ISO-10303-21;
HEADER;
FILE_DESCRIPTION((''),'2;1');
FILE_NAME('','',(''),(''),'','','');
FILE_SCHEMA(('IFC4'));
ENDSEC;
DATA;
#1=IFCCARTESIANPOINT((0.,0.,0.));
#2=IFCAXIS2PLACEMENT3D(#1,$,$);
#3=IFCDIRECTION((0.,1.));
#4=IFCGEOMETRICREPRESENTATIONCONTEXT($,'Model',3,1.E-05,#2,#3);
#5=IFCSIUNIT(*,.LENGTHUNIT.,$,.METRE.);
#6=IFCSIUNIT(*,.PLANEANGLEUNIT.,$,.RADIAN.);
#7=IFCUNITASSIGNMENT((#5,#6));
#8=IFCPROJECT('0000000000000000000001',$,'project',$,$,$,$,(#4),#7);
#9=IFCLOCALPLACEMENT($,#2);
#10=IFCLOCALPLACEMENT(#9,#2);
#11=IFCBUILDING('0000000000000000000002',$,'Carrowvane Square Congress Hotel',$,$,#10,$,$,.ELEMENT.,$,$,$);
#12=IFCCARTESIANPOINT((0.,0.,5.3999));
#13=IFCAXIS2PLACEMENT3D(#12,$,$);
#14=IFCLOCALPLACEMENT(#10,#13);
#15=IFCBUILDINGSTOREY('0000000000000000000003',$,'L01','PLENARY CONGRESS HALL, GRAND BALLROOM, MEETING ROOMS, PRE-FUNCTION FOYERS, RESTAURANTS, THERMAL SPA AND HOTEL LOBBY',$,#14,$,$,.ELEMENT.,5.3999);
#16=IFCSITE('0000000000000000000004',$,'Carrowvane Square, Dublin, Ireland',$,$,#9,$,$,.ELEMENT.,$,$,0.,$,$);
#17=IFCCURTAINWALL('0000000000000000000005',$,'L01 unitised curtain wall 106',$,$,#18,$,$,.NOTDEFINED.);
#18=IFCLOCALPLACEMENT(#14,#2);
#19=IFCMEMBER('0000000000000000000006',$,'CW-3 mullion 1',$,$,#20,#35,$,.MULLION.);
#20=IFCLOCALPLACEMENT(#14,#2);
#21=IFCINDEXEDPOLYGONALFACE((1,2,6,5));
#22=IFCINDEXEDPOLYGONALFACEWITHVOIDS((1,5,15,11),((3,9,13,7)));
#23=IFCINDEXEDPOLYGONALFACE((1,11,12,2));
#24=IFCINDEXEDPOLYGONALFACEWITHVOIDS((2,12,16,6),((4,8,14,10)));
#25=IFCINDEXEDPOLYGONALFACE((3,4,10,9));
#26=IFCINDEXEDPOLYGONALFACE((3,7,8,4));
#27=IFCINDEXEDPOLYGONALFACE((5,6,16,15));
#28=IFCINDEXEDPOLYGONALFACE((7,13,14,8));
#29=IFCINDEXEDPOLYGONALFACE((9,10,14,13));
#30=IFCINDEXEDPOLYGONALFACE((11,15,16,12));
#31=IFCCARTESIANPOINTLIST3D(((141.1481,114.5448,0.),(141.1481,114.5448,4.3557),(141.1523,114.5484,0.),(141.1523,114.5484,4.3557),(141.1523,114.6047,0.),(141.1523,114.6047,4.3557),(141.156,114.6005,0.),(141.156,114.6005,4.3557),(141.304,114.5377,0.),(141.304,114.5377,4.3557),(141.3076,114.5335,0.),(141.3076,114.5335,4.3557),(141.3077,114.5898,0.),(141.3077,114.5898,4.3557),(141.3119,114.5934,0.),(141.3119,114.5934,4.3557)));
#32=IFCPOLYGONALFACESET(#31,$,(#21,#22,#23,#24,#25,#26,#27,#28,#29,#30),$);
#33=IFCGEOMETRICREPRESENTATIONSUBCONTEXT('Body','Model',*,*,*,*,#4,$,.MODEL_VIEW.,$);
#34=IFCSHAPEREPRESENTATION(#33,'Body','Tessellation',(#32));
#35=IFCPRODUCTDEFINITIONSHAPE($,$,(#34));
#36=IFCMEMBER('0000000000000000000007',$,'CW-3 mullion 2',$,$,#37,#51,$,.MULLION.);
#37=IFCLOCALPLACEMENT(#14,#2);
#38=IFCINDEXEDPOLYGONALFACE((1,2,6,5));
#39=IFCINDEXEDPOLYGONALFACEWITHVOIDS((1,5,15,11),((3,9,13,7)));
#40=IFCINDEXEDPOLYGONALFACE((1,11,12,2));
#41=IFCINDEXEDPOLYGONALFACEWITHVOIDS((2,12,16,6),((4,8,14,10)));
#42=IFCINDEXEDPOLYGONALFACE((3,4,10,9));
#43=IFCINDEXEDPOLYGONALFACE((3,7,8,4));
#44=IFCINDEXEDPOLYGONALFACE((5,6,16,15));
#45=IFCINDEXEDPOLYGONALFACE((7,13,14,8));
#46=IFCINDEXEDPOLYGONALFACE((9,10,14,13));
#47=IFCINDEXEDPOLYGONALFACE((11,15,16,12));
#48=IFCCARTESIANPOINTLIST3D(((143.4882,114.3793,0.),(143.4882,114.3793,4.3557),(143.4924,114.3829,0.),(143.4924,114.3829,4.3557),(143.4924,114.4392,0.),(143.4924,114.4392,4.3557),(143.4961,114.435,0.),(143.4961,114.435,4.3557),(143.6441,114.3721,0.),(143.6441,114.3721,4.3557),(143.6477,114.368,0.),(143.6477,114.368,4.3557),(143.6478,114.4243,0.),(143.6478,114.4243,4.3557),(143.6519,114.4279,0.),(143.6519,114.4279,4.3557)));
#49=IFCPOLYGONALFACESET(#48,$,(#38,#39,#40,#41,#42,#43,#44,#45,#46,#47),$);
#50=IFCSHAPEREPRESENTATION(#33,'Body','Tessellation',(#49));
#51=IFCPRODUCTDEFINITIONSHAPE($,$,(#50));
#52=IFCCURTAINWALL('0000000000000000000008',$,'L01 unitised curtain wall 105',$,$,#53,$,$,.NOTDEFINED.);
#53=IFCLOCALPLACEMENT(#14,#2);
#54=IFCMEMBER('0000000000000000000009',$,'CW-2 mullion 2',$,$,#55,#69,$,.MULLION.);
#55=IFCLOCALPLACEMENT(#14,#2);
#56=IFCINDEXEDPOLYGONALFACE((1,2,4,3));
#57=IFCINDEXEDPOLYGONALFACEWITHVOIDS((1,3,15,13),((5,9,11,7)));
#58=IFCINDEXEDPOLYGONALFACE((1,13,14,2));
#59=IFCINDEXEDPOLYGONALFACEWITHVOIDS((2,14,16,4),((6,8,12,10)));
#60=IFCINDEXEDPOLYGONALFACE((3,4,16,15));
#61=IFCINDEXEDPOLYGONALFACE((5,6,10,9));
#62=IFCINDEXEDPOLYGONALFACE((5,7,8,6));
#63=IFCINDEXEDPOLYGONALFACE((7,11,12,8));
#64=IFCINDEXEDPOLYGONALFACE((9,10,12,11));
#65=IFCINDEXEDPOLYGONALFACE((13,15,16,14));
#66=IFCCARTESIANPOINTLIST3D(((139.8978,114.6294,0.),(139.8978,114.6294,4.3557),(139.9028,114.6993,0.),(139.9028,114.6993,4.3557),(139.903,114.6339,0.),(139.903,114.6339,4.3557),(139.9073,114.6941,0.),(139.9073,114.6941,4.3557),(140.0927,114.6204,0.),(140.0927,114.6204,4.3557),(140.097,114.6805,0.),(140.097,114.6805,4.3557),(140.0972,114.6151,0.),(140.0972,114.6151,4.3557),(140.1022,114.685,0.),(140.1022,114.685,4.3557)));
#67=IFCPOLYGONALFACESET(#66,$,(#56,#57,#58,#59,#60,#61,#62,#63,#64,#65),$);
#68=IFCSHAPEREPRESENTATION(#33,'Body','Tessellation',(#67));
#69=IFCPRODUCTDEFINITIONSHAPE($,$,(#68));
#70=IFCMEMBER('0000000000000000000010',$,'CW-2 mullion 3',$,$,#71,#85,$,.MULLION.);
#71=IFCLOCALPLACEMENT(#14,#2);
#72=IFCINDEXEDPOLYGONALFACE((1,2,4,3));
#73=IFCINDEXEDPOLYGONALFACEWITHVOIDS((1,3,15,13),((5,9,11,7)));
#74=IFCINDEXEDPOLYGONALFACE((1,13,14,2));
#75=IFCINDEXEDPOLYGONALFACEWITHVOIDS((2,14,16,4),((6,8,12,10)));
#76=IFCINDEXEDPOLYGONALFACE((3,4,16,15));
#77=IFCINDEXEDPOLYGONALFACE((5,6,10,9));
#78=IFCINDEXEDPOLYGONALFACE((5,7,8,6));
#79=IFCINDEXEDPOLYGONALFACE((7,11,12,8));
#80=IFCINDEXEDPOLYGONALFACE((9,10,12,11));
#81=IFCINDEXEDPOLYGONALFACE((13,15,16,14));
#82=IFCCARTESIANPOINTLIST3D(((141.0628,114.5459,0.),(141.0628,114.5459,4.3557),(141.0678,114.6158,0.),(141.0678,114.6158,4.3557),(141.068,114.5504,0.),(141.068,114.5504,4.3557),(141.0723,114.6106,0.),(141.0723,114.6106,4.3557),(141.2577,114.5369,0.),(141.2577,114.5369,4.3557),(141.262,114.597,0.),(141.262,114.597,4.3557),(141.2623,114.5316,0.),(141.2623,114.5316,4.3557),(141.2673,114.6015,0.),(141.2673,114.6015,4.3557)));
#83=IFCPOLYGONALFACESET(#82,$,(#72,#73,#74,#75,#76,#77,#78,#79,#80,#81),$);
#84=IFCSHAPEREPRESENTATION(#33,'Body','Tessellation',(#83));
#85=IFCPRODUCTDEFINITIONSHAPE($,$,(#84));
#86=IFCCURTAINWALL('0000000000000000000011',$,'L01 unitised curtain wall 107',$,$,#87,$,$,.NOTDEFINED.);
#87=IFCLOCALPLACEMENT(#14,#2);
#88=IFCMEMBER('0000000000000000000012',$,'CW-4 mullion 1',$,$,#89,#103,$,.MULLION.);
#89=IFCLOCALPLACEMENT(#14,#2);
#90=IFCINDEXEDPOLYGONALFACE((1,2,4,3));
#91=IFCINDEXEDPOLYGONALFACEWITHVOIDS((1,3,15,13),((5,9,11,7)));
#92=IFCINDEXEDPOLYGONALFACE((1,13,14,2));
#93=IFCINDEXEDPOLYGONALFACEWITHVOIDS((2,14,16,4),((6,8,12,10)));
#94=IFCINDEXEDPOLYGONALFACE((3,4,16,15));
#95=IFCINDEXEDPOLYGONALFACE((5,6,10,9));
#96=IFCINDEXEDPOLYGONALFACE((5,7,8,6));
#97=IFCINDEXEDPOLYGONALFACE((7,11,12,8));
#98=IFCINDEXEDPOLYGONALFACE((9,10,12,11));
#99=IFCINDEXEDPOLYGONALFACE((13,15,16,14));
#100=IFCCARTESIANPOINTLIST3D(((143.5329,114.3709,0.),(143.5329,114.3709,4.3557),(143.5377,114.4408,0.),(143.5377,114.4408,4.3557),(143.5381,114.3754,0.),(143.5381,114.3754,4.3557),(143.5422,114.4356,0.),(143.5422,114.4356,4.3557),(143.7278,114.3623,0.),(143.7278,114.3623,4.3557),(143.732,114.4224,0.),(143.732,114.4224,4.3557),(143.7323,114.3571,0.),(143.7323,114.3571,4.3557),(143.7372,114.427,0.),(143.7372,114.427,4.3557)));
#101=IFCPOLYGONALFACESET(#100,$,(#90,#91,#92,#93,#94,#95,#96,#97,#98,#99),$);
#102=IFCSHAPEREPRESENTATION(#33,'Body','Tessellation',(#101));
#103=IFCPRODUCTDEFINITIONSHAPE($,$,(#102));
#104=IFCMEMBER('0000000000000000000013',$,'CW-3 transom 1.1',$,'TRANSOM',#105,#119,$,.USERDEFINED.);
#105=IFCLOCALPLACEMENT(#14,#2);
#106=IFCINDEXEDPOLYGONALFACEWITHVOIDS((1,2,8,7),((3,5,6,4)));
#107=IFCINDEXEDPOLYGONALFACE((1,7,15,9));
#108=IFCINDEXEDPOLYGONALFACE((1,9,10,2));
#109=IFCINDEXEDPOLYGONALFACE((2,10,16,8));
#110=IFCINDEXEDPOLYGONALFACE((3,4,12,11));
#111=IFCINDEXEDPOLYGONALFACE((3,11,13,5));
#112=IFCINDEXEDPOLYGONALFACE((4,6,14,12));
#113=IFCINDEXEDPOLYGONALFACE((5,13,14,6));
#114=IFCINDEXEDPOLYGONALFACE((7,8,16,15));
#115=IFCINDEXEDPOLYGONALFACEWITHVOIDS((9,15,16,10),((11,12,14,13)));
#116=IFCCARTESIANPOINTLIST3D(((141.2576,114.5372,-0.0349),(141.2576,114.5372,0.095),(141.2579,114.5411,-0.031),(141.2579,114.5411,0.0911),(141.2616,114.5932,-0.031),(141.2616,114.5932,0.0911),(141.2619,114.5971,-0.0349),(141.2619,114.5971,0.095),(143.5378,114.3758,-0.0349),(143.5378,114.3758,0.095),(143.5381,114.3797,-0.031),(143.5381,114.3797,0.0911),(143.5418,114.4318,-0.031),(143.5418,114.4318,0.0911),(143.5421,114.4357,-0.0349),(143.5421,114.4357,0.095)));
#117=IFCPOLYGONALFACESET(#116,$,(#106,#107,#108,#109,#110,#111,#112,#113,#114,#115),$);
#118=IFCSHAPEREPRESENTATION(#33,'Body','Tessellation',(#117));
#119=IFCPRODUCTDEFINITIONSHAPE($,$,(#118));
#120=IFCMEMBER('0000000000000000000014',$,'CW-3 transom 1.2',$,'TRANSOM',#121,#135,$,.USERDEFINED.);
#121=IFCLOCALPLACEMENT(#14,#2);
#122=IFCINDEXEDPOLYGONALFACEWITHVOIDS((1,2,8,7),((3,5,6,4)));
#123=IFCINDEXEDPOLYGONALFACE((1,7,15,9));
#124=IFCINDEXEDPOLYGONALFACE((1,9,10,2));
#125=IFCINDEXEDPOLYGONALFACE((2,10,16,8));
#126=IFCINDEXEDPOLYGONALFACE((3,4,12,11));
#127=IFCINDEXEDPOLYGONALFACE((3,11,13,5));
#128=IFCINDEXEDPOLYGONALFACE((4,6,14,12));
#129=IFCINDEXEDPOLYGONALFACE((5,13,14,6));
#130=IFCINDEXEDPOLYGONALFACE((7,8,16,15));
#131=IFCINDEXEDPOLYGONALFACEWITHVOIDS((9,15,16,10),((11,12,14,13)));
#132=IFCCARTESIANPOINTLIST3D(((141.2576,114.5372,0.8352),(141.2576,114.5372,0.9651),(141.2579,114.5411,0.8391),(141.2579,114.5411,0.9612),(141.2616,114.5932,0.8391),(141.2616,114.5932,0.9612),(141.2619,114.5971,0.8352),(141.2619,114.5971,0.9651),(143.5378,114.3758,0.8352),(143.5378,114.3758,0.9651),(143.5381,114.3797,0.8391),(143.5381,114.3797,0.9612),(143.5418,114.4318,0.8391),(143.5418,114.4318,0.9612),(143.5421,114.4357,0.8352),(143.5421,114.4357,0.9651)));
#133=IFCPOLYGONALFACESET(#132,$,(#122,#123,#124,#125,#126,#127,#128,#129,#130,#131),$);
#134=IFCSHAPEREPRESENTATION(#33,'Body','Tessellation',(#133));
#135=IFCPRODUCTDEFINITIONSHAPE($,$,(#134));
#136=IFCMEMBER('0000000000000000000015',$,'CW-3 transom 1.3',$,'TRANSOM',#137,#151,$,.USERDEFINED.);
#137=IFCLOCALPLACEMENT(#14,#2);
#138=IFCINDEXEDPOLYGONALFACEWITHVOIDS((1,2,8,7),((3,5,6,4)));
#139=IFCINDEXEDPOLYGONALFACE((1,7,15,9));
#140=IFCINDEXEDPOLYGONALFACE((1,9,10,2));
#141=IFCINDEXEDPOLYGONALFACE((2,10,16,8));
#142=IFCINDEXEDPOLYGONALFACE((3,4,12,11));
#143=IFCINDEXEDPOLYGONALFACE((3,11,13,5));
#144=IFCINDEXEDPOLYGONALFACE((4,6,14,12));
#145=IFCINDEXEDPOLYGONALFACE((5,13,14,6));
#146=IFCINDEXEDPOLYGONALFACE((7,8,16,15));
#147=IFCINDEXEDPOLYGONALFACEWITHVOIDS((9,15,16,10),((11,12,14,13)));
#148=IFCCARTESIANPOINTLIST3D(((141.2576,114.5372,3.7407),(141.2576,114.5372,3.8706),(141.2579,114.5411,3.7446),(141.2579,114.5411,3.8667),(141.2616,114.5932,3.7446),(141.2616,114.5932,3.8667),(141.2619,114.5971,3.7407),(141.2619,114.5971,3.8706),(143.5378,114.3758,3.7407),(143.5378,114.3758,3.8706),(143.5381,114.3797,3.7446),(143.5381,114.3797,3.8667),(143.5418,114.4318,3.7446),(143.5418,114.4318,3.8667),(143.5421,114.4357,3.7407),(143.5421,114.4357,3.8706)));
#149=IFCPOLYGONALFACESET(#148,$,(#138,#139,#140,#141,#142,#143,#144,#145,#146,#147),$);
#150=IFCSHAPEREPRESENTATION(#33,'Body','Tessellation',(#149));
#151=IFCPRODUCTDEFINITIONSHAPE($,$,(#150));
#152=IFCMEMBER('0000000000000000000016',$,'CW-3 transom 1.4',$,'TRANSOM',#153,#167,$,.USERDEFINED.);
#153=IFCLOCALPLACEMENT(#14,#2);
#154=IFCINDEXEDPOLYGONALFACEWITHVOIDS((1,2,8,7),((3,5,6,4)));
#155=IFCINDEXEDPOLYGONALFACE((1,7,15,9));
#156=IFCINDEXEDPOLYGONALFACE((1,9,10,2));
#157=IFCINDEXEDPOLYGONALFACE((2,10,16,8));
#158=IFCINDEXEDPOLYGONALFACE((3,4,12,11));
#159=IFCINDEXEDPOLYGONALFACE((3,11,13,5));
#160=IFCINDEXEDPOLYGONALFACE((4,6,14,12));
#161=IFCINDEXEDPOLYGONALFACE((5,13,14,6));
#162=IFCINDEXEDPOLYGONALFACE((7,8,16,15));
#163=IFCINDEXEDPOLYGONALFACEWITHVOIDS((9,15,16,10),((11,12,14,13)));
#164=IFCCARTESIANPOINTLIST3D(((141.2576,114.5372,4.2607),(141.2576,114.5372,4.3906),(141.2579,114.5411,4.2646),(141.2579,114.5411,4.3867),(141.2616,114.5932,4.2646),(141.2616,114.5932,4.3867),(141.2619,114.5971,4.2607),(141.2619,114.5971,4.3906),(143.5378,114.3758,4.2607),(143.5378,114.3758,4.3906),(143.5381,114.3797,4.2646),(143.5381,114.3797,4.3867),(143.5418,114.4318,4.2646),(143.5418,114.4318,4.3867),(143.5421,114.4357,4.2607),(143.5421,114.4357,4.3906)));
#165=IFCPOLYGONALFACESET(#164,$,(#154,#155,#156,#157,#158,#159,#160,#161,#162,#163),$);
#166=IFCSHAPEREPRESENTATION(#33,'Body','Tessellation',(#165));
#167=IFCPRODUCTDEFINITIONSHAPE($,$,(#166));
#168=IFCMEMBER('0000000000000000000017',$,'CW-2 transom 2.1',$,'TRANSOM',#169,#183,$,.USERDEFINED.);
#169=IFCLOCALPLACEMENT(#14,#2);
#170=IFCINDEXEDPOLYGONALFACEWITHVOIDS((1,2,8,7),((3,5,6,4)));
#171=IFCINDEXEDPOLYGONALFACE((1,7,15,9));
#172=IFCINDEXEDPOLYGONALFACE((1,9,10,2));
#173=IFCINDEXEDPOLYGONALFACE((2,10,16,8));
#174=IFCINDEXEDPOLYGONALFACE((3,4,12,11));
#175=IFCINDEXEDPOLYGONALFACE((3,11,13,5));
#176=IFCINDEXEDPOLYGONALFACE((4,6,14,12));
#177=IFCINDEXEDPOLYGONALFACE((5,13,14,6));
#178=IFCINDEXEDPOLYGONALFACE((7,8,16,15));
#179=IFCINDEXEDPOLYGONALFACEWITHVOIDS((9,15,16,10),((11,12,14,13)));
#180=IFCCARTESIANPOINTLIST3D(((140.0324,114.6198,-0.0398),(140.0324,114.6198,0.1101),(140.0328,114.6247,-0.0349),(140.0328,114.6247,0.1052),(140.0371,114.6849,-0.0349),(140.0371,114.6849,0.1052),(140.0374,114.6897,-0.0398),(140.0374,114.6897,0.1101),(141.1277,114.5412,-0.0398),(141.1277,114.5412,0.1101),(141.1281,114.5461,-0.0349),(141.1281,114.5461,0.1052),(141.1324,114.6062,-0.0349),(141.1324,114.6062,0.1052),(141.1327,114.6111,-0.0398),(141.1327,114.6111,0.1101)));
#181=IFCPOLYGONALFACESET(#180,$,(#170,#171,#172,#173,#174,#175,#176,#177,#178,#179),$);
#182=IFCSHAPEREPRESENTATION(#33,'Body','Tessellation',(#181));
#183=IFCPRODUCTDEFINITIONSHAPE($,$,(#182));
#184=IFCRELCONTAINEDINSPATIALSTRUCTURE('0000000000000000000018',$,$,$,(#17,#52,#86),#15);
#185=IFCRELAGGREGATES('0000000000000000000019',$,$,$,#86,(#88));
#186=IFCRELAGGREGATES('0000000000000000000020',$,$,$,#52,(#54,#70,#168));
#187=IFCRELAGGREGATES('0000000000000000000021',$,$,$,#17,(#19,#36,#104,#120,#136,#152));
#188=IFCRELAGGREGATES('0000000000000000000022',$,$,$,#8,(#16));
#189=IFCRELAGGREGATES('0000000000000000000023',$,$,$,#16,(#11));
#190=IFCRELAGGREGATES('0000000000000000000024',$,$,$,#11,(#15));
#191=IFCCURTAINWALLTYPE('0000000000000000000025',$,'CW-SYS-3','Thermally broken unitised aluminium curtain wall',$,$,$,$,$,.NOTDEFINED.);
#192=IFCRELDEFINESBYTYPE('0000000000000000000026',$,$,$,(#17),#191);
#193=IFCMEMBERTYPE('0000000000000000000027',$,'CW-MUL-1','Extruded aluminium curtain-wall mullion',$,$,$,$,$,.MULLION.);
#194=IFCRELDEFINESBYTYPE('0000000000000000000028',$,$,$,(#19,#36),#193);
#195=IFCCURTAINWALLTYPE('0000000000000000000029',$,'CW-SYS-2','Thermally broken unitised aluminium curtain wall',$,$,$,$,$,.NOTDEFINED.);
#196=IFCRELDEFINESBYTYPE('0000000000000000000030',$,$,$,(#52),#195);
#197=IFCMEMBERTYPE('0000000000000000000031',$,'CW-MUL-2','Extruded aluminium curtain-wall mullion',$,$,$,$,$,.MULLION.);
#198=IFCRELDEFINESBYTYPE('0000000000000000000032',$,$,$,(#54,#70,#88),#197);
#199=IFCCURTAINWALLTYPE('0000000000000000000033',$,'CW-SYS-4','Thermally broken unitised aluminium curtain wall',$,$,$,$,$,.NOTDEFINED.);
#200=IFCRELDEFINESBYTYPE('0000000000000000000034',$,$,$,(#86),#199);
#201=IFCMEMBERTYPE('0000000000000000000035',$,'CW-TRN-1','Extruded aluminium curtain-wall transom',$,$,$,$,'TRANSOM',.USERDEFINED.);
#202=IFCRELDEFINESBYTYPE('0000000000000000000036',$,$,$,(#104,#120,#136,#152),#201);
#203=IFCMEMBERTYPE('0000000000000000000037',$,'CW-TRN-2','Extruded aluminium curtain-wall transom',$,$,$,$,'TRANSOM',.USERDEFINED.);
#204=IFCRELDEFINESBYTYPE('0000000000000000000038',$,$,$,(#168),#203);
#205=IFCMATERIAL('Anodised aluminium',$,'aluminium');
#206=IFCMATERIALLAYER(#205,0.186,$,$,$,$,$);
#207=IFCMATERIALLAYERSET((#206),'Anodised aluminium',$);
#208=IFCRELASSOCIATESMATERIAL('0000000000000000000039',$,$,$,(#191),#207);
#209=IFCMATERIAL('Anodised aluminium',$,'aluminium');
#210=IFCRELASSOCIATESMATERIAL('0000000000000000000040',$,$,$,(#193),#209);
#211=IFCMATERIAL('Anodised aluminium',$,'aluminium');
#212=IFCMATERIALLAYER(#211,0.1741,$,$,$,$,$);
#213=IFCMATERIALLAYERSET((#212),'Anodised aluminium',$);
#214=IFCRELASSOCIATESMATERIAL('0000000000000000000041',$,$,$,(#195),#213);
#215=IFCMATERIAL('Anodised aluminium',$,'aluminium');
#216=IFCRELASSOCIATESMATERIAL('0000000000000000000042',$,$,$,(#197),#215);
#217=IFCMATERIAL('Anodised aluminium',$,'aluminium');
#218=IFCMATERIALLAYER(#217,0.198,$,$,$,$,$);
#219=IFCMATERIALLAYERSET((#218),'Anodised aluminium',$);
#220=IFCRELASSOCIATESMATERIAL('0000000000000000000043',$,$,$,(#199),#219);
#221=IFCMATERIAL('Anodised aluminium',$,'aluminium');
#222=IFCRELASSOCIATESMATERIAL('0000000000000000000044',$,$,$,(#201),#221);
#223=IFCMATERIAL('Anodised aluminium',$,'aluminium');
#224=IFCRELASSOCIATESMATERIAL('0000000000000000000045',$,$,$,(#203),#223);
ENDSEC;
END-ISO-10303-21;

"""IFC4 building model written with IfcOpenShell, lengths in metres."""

from ifc_helpers import new_model, si_unit, direction, frame, origin, origin_2d, place, context, subcontext, project, spatial, hollow_rectangle, extrude, material, layer, layer_set, material_profile, profile_set, type_object, element, aggregate, save


model = new_model("IFC4")

# Units and contexts
model_context = context("Model", 3, precision=1e-05, world=origin(), true_north=direction((0.0, 1.0)))
body_context = subcontext(model_context, "Body", "Model", "MODEL_VIEW")
ifc_project = project(units=[si_unit("LENGTHUNIT", "METRE"), si_unit("PLANEANGLEUNIT", "RADIAN")], contexts=[model_context])

# Site, building, storey
site_placement = place(None, origin())
site = spatial("IfcSite", under=ifc_project, at=site_placement, Name="Carrowvane Square, Dublin, Ireland", CompositionType="ELEMENT", RefElevation=0.0)
building_placement = place(site_placement, origin())
building = spatial("IfcBuilding", under=site, at=building_placement, Name="Carrowvane Square Congress Hotel", CompositionType="ELEMENT")
storey_placement = place(building_placement, frame((0.0, 0.0, 5.3999)))
storey = spatial("IfcBuildingStorey", under=building, at=storey_placement, Name="L01", Description="PLENARY CONGRESS HALL, GRAND BALLROOM, MEETING ROOMS, PRE-FUNCTION FOYERS, RESTAURANTS, THERMAL SPA AND HOTEL LOBBY", CompositionType="ELEMENT", Elevation=5.3999)

# Curtain walls, members
ifc_material_1 = material(Name="Anodised aluminium", Category="aluminium")
ifc_layer_1 = layer(ifc_material_1, 0.186)
ifc_layer_set_1 = layer_set([ifc_layer_1], Name="Anodised aluminium")
curtain_wall_type_1 = type_object("IfcCurtainWallType", Name="CW-SYS-3", Description="Thermally broken unitised aluminium curtain wall", PredefinedType="NOTDEFINED", material=ifc_layer_set_1)
curtain_wall_1_placement = place(storey_placement, origin())
curtain_wall_1 = element("IfcCurtainWall", 1, at=curtain_wall_1_placement, inside=storey, type_object=curtain_wall_type_1, Name="L01 unitised curtain wall 106", PredefinedType="NOTDEFINED")
ifc_material_2 = material(Name="Anodised aluminium", Category="aluminium")
ifc_material_profile_1 = material_profile(ifc_material_2, hollow_rectangle(XDim=0.0601, YDim=0.1599, WallThickness=0.0039, at=origin_2d()), Name="CW-ML 60x160x4")
ifc_profile_set_1 = profile_set([ifc_material_profile_1], Name="Anodised aluminium")
member_type_1 = type_object("IfcMemberType", Name="CW-MUL-1", Description="Extruded aluminium curtain-wall mullion", PredefinedType="MULLION", material=ifc_profile_set_1)
member_1_placement = place(storey_placement, frame((141.23, 114.5691, 0.0), z_axis=(0.0, 0.0, 1.0), x_axis=(0.070586, 0.997506, 0.0)))
member_1 = element("IfcMember", 2, at=member_1_placement, type_object=member_type_1, Name="CW-3 mullion 1", PredefinedType="MULLION", context=body_context, shape_type="SweptSolid", body=[
    extrude(hollow_rectangle(XDim=0.0601, YDim=0.1599, WallThickness=0.0039, at=origin_2d()), origin(), (0.0, 0.0, 1.0), 4.3557),
])
member_2_placement = place(storey_placement, frame((143.5701, 114.4036, 0.0), z_axis=(0.0, 0.0, 1.0), x_axis=(0.070586, 0.997506, 0.0)))
member_2 = element("IfcMember", 3, at=member_2_placement, type_object=member_type_1, Name="CW-3 mullion 2", PredefinedType="MULLION", context=body_context, shape_type="SweptSolid", body=[
    extrude(hollow_rectangle(XDim=0.0601, YDim=0.1599, WallThickness=0.0039, at=origin_2d()), origin(), (0.0, 0.0, 1.0), 4.3557),
])
ifc_material_3 = material(Name="Anodised aluminium", Category="aluminium")
ifc_layer_2 = layer(ifc_material_3, 0.1741)
ifc_layer_set_2 = layer_set([ifc_layer_2], Name="Anodised aluminium")
curtain_wall_type_2 = type_object("IfcCurtainWallType", Name="CW-SYS-2", Description="Thermally broken unitised aluminium curtain wall", PredefinedType="NOTDEFINED", material=ifc_layer_set_2)
curtain_wall_2_placement = place(storey_placement, origin())
curtain_wall_2 = element("IfcCurtainWall", 4, at=curtain_wall_2_placement, inside=storey, type_object=curtain_wall_type_2, Name="L01 unitised curtain wall 105", PredefinedType="NOTDEFINED")
ifc_material_4 = material(Name="Anodised aluminium", Category="aluminium")
ifc_material_profile_2 = material_profile(ifc_material_4, hollow_rectangle(XDim=0.0701, YDim=0.2, WallThickness=0.0049, at=origin_2d()), Name="CW-ML 70x200x5")
ifc_profile_set_2 = profile_set([ifc_material_profile_2], Name="Anodised aluminium")
member_type_2 = type_object("IfcMemberType", Name="CW-MUL-2", Description="Extruded aluminium curtain-wall mullion", PredefinedType="MULLION", material=ifc_profile_set_2)
member_3_placement = place(storey_placement, frame((140.0, 114.6572, 0.0), z_axis=(0.0, 0.0, 1.0), x_axis=(0.071422, 0.997446, 0.0)))
member_3 = element("IfcMember", 5, at=member_3_placement, type_object=member_type_2, Name="CW-2 mullion 2", PredefinedType="MULLION", context=body_context, shape_type="SweptSolid", body=[
    extrude(hollow_rectangle(XDim=0.0701, YDim=0.2, WallThickness=0.0049, at=origin_2d()), origin(), (0.0, 0.0, 1.0), 4.3557),
])
member_4_placement = place(storey_placement, frame((141.165, 114.5737, 0.0), z_axis=(0.0, 0.0, 1.0), x_axis=(0.071422, 0.997446, 0.0)))
member_4 = element("IfcMember", 6, at=member_4_placement, type_object=member_type_2, Name="CW-2 mullion 3", PredefinedType="MULLION", context=body_context, shape_type="SweptSolid", body=[
    extrude(hollow_rectangle(XDim=0.0701, YDim=0.2, WallThickness=0.0049, at=origin_2d()), origin(), (0.0, 0.0, 1.0), 4.3557),
])

# Curtain wall, member
ifc_material_5 = material(Name="Anodised aluminium", Category="aluminium")
ifc_layer_3 = layer(ifc_material_5, 0.198)
ifc_layer_set_3 = layer_set([ifc_layer_3], Name="Anodised aluminium")
curtain_wall_type_3 = type_object("IfcCurtainWallType", Name="CW-SYS-4", Description="Thermally broken unitised aluminium curtain wall", PredefinedType="NOTDEFINED", material=ifc_layer_set_3)
curtain_wall_3_placement = place(storey_placement, origin())
curtain_wall_3 = element("IfcCurtainWall", 7, at=curtain_wall_3_placement, inside=storey, type_object=curtain_wall_type_3, Name="L01 unitised curtain wall 107", PredefinedType="NOTDEFINED")
member_5_placement = place(storey_placement, frame((143.635, 114.3989, 0.0), z_axis=(0.0, 0.0, 1.0), x_axis=(0.068986, 0.997618, 0.0)))
member_5 = element("IfcMember", 8, at=member_5_placement, type_object=member_type_2, Name="CW-4 mullion 1", PredefinedType="MULLION", context=body_context, shape_type="SweptSolid", body=[
    extrude(hollow_rectangle(XDim=0.0701, YDim=0.2, WallThickness=0.0049, at=origin_2d()), origin(), (0.0, 0.0, 1.0), 4.3557),
])
aggregate(curtain_wall_3, [member_5])

# Members
ifc_material_6 = material(Name="Anodised aluminium", Category="aluminium")
ifc_material_profile_3 = material_profile(ifc_material_6, hollow_rectangle(XDim=0.0601, YDim=0.1299, WallThickness=0.0039, at=origin_2d()), Name="CW-TR 60x130x4")
ifc_profile_set_3 = profile_set([ifc_material_profile_3], Name="Anodised aluminium")
member_type_3 = type_object("IfcMemberType", Name="CW-TRN-1", Description="Extruded aluminium curtain-wall transom", ElementType="TRANSOM", PredefinedType="USERDEFINED", material=ifc_profile_set_3)
member_6_placement = place(storey_placement, frame((141.2598, 114.5671, 0.03), z_axis=(0.997505, -0.070594, 0.0), x_axis=(0.070594, 0.997505, 0.0)))
member_6 = element("IfcMember", 9, at=member_6_placement, type_object=member_type_3, Name="CW-3 transom 1.1", ObjectType="TRANSOM", PredefinedType="USERDEFINED", context=body_context, shape_type="SweptSolid", body=[
    extrude(hollow_rectangle(XDim=0.0601, YDim=0.1299, WallThickness=0.0039, at=origin_2d()), origin(), (0.0, 0.0, 1.0), 2.2859),
])
member_7_placement = place(storey_placement, frame((141.2598, 114.5671, 0.9001), z_axis=(0.997505, -0.070594, 0.0), x_axis=(0.070594, 0.997505, 0.0)))
member_7 = element("IfcMember", 10, at=member_7_placement, type_object=member_type_3, Name="CW-3 transom 1.2", ObjectType="TRANSOM", PredefinedType="USERDEFINED", context=body_context, shape_type="SweptSolid", body=[
    extrude(hollow_rectangle(XDim=0.0601, YDim=0.1299, WallThickness=0.0039, at=origin_2d()), origin(), (0.0, 0.0, 1.0), 2.2859),
])
member_8_placement = place(storey_placement, frame((141.2598, 114.5671, 3.8057), z_axis=(0.997505, -0.070594, 0.0), x_axis=(0.070594, 0.997505, 0.0)))
member_8 = element("IfcMember", 11, at=member_8_placement, type_object=member_type_3, Name="CW-3 transom 1.3", ObjectType="TRANSOM", PredefinedType="USERDEFINED", context=body_context, shape_type="SweptSolid", body=[
    extrude(hollow_rectangle(XDim=0.0601, YDim=0.1299, WallThickness=0.0039, at=origin_2d()), origin(), (0.0, 0.0, 1.0), 2.2859),
])
member_9_placement = place(storey_placement, frame((141.2598, 114.5671, 4.3257), z_axis=(0.997505, -0.070594, 0.0), x_axis=(0.070594, 0.997505, 0.0)))
member_9 = element("IfcMember", 12, at=member_9_placement, type_object=member_type_3, Name="CW-3 transom 1.4", ObjectType="TRANSOM", PredefinedType="USERDEFINED", context=body_context, shape_type="SweptSolid", body=[
    extrude(hollow_rectangle(XDim=0.0601, YDim=0.1299, WallThickness=0.0039, at=origin_2d()), origin(), (0.0, 0.0, 1.0), 2.2859),
])
ifc_material_7 = material(Name="Anodised aluminium", Category="aluminium")
ifc_material_profile_4 = material_profile(ifc_material_7, hollow_rectangle(XDim=0.0701, YDim=0.1499, WallThickness=0.0049, at=origin_2d()), Name="CW-TR 70x150x5")
ifc_profile_set_4 = profile_set([ifc_material_profile_4], Name="Anodised aluminium")
member_type_4 = type_object("IfcMemberType", Name="CW-TRN-2", Description="Extruded aluminium curtain-wall transom", ElementType="TRANSOM", PredefinedType="USERDEFINED", material=ifc_profile_set_4)
member_10_placement = place(storey_placement, frame((140.0349, 114.6548, 0.0352), z_axis=(0.997434, -0.071595, 0.0), x_axis=(0.071595, 0.997434, 0.0)))
member_10 = element("IfcMember", 13, at=member_10_placement, type_object=member_type_4, Name="CW-2 transom 2.1", ObjectType="TRANSOM", PredefinedType="USERDEFINED", context=body_context, shape_type="SweptSolid", body=[
    extrude(hollow_rectangle(XDim=0.0701, YDim=0.1499, WallThickness=0.0049, at=origin_2d()), origin(), (0.0, 0.0, 1.0), 1.0981),
])

aggregate(curtain_wall_2, [member_3, member_4, member_10])
aggregate(curtain_wall_1, [member_1, member_2, member_6, member_7, member_8, member_9])

save(model, "model.ifc")
